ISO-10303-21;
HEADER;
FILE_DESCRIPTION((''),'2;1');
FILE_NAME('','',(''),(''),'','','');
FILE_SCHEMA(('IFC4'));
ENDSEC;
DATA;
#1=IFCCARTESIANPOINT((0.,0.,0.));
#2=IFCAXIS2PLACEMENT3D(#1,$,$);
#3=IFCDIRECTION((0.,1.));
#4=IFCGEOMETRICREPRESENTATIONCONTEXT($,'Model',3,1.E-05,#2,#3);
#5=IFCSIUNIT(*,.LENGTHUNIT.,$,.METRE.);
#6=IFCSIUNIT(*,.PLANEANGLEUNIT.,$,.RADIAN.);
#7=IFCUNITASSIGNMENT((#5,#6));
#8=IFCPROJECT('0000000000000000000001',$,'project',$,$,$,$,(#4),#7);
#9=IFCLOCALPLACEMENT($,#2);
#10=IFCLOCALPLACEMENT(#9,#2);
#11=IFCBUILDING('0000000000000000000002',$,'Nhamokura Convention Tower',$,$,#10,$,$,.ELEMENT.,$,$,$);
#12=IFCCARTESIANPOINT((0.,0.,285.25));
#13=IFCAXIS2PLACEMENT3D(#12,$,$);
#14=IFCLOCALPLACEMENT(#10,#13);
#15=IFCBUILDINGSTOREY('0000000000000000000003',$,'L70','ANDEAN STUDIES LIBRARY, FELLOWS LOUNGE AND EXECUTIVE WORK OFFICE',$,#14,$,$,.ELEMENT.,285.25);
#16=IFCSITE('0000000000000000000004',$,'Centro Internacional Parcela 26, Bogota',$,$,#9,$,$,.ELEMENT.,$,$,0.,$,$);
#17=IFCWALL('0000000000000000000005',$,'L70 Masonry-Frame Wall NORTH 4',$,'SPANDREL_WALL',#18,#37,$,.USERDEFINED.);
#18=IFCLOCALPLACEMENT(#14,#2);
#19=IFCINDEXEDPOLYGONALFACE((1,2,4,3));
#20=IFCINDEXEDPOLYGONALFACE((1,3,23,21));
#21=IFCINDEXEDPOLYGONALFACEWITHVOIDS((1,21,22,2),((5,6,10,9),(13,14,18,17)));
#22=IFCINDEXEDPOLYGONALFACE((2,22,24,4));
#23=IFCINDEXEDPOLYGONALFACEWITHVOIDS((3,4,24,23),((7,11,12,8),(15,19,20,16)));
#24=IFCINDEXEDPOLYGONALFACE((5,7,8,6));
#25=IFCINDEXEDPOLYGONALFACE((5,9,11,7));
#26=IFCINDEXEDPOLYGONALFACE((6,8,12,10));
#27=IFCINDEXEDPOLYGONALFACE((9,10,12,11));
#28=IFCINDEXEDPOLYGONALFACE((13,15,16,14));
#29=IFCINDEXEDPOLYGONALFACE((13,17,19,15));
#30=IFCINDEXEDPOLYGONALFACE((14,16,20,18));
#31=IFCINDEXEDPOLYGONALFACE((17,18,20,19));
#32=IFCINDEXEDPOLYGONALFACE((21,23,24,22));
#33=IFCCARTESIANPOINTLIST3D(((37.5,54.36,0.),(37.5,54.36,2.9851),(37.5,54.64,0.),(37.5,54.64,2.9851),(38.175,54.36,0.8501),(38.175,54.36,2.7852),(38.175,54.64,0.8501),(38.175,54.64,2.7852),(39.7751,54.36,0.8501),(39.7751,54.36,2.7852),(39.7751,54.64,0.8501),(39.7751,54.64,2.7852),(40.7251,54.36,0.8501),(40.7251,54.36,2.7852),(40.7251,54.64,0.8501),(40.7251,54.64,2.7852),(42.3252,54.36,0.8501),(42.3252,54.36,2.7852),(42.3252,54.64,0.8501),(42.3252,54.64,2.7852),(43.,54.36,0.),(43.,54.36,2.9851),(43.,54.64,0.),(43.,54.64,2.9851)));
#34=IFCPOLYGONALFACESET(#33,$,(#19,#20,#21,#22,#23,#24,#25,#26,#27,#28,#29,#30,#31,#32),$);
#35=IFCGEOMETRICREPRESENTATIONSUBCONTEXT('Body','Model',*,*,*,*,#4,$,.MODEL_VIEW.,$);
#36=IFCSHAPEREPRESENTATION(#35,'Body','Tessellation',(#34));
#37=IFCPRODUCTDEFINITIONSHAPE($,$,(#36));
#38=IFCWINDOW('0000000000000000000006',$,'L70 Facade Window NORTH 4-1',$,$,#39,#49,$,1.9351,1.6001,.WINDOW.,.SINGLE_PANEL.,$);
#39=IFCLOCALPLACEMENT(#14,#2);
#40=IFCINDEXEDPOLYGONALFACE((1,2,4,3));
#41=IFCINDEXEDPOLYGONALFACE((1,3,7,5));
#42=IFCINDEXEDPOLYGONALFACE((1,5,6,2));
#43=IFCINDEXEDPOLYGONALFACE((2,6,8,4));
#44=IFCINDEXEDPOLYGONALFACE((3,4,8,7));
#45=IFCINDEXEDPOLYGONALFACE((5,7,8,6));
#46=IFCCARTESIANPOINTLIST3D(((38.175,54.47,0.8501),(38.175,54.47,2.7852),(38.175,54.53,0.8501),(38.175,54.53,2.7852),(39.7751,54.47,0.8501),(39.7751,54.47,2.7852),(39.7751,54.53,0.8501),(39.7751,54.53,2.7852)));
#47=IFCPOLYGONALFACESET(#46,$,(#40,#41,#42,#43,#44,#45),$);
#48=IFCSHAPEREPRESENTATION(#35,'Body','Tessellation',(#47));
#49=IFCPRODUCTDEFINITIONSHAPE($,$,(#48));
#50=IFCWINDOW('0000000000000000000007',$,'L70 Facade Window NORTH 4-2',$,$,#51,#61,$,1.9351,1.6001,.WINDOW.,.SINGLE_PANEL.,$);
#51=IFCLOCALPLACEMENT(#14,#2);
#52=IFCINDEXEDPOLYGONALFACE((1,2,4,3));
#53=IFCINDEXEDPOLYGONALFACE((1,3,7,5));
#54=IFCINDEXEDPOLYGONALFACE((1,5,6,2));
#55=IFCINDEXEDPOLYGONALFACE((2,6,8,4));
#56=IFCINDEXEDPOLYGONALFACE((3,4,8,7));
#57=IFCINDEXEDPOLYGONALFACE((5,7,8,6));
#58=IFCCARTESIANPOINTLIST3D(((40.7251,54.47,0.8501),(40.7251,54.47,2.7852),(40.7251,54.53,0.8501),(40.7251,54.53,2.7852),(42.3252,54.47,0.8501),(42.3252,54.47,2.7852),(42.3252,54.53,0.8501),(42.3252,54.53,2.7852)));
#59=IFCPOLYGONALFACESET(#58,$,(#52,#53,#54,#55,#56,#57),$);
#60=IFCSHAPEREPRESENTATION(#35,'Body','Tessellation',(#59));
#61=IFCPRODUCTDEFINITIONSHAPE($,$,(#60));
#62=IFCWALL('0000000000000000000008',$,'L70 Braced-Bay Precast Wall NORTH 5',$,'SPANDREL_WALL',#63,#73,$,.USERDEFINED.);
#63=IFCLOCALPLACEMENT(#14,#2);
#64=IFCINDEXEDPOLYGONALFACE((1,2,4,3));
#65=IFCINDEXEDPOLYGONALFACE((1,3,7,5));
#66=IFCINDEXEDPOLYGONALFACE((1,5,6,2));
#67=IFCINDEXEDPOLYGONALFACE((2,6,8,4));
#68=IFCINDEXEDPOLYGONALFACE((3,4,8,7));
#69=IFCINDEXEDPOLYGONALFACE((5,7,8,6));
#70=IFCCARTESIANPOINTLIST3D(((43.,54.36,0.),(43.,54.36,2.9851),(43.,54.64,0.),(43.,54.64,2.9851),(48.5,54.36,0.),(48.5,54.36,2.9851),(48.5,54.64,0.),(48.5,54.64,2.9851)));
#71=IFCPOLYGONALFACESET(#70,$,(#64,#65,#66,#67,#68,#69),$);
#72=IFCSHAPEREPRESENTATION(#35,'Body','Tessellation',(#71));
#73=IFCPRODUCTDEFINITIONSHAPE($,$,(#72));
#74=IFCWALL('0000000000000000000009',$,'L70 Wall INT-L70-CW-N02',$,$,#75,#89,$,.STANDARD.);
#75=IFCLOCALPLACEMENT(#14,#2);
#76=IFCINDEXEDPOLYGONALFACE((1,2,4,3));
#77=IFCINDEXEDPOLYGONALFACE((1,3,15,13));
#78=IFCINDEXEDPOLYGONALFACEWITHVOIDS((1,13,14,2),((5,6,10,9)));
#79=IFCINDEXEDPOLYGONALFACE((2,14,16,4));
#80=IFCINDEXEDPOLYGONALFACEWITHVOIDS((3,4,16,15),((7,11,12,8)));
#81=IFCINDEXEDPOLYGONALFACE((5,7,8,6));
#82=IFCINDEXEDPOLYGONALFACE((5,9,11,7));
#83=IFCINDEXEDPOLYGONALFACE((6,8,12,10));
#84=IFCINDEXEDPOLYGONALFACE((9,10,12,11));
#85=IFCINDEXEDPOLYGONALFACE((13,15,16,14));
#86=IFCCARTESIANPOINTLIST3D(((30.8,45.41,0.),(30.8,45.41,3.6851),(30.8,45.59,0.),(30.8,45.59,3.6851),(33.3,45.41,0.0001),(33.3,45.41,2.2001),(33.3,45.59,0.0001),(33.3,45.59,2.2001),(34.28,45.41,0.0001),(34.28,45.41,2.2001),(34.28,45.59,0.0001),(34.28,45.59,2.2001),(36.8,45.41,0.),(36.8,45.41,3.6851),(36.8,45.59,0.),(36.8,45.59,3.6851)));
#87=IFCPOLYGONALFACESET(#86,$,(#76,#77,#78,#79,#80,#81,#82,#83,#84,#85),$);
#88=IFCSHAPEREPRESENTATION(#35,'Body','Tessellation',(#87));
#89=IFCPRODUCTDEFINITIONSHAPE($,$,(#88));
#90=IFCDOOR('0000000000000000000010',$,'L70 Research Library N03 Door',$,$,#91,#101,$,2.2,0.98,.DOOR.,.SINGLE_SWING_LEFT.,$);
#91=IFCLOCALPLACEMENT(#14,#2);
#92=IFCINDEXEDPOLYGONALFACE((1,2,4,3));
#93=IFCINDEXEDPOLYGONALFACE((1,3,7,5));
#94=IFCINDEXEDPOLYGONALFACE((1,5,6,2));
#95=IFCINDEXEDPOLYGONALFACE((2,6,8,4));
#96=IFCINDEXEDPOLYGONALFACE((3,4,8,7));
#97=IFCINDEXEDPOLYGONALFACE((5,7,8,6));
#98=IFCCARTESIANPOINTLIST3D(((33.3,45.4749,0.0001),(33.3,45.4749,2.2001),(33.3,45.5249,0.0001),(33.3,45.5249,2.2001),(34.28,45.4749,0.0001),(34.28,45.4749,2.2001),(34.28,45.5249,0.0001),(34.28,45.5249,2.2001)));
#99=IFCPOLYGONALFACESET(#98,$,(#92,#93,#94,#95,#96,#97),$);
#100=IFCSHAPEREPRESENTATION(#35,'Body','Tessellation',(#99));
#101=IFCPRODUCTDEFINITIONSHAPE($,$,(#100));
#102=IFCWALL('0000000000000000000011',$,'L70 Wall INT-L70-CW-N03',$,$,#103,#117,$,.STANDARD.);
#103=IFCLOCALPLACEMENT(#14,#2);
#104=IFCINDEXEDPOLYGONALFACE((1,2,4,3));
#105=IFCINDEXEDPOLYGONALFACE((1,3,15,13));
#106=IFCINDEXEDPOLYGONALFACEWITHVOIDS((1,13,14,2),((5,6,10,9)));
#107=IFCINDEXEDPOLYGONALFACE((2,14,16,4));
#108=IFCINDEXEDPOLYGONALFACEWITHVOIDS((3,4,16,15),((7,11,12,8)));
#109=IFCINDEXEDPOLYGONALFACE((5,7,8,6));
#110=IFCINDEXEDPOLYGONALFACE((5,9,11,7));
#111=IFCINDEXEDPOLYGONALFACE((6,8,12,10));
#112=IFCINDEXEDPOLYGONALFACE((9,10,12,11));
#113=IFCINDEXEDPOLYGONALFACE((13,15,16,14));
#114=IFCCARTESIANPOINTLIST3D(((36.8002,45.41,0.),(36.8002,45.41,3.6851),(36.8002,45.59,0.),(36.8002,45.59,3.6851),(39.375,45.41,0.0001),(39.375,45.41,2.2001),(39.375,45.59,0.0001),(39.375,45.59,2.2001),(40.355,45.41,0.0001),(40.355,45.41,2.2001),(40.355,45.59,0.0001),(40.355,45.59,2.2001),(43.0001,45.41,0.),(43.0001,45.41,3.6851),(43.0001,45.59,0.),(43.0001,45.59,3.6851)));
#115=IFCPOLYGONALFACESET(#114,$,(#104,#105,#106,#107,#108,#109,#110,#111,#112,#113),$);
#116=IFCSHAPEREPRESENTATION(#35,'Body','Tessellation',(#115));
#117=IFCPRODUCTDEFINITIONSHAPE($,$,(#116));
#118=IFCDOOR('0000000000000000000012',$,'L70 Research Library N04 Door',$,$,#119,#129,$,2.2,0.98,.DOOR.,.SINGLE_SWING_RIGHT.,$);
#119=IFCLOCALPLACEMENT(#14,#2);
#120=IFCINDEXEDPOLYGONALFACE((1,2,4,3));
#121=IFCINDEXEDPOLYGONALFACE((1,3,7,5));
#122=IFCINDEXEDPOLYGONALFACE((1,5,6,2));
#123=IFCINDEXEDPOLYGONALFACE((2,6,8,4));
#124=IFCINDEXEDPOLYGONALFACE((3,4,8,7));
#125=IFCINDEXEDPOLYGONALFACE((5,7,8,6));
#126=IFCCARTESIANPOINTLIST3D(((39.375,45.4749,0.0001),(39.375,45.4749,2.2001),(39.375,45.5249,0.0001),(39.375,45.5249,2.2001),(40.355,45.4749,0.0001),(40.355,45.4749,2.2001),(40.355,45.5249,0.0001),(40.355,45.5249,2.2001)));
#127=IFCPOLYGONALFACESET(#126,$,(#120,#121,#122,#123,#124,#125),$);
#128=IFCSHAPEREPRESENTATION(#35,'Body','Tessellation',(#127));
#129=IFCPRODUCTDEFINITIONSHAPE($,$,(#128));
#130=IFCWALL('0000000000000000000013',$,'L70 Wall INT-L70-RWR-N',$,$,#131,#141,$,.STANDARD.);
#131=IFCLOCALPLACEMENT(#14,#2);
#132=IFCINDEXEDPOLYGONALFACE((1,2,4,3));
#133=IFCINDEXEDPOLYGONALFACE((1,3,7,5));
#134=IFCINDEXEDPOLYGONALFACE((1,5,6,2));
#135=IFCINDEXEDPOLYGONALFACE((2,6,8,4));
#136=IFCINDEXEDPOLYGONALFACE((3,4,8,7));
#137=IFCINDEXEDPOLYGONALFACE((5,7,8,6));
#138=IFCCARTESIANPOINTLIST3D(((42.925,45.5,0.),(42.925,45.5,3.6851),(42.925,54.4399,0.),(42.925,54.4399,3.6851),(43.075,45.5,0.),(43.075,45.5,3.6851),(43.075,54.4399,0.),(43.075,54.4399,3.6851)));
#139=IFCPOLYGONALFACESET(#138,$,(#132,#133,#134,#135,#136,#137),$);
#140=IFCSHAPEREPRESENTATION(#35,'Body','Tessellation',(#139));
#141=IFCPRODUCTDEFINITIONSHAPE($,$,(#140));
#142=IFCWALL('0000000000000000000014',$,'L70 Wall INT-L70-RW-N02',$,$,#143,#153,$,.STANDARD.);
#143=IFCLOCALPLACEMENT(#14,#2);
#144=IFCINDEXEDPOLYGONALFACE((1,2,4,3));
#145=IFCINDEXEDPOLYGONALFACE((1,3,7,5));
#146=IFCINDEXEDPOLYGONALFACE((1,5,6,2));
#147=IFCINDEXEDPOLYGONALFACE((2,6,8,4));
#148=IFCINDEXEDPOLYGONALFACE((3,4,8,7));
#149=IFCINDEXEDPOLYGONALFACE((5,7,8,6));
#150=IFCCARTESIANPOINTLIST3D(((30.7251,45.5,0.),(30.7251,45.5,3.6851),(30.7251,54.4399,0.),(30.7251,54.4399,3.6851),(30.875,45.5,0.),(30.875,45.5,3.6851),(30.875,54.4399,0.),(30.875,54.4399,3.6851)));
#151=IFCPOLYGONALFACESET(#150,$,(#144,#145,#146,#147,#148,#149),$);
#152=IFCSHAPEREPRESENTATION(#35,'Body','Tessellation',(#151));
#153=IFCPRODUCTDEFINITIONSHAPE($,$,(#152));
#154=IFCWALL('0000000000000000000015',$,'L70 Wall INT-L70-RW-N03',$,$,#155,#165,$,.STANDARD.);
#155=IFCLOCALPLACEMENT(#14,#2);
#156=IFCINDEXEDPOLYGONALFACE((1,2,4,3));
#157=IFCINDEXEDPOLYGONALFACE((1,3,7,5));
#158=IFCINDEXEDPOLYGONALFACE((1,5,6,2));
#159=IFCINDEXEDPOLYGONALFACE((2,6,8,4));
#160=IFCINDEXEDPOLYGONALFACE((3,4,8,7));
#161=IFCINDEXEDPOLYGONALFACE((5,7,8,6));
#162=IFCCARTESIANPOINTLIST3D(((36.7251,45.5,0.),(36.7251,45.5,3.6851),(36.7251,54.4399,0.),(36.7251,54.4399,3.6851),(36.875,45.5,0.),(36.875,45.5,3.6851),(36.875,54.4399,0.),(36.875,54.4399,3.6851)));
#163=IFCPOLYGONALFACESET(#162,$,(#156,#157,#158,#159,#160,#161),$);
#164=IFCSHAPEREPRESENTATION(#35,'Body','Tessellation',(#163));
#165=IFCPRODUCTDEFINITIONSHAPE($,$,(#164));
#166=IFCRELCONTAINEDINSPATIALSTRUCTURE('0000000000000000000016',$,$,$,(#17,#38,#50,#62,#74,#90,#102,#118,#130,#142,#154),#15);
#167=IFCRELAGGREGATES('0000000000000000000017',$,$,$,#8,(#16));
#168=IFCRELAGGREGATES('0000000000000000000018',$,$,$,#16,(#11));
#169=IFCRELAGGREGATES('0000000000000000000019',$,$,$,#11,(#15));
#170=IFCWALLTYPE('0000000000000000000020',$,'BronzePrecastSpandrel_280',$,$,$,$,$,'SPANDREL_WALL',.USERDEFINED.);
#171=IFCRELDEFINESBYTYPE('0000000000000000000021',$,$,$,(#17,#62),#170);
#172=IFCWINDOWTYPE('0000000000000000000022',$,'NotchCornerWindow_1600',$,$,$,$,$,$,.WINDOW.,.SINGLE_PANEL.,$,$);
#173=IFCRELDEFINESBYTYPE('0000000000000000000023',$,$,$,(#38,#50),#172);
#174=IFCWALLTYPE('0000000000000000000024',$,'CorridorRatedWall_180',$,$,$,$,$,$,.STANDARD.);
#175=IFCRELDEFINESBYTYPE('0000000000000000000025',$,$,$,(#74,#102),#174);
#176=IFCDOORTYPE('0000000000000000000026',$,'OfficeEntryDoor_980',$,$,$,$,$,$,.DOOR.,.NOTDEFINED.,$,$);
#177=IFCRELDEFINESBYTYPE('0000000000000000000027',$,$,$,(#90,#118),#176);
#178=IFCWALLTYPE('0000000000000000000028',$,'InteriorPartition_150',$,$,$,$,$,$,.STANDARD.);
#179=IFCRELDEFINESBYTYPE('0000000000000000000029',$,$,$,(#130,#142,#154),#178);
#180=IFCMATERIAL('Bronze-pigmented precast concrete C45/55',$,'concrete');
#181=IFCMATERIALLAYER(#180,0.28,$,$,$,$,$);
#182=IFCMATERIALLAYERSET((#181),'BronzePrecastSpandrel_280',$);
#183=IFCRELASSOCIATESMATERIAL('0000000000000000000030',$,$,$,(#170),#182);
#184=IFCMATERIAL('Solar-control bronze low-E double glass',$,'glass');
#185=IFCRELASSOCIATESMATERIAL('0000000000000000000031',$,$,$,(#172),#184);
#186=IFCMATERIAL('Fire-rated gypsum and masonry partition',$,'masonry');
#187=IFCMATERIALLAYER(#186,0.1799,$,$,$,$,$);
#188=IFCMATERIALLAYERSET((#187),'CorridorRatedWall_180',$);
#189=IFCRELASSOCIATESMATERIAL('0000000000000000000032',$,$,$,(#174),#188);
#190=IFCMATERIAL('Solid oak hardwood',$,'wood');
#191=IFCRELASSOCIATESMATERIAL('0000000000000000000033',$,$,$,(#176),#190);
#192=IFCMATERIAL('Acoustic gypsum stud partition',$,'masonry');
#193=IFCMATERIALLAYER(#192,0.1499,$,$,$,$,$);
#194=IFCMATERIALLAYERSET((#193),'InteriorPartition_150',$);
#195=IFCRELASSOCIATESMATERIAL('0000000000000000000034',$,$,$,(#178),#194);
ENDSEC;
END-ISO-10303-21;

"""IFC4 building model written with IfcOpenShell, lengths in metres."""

from ifc_helpers import new_model, si_unit, direction, frame, frame_2d, origin, place, context, subcontext, project, spatial, rectangle, extrude, material, layer, layer_set, type_object, element, fill, save


model = new_model("IFC4")

# Units and contexts
model_context = context("Model", 3, precision=1e-05, world=origin(), true_north=direction((0.0, 1.0)))
body_context = subcontext(model_context, "Body", "Model", "MODEL_VIEW")
ifc_project = project(units=[si_unit("LENGTHUNIT", "METRE"), si_unit("PLANEANGLEUNIT", "RADIAN")], contexts=[model_context])

# Site, building, storey
site_placement = place(None, origin())
site = spatial("IfcSite", under=ifc_project, at=site_placement, Name="Centro Internacional Parcela 26, Bogota", CompositionType="ELEMENT", RefElevation=0.0)
building_placement = place(site_placement, origin())
building = spatial("IfcBuilding", under=site, at=building_placement, Name="Nhamokura Convention Tower", CompositionType="ELEMENT")
storey_placement = place(building_placement, frame((0.0, 0.0, 285.25)))
storey = spatial("IfcBuildingStorey", under=building, at=storey_placement, Name="L70", Description="ANDEAN STUDIES LIBRARY, FELLOWS LOUNGE AND EXECUTIVE WORK OFFICE", CompositionType="ELEMENT", Elevation=285.25)

# Shared definitions
ifc_material_1 = material(Name="Bronze-pigmented precast concrete C45/55", Category="concrete")
ifc_layer_1 = layer(ifc_material_1, 0.28)
ifc_layer_set_1 = layer_set([ifc_layer_1], Name="BronzePrecastSpandrel_280")
wall_type_1 = type_object("IfcWallType", Name="BronzePrecastSpandrel_280", ElementType="SPANDREL_WALL", PredefinedType="USERDEFINED", material=ifc_layer_set_1)

# Wall, openings, windows
wall_1_placement = place(storey_placement, frame((37.5, 54.5, 0.0), z_axis=(0.0, 0.0, 1.0), x_axis=(1.0, 0.0, 0.0)))
wall_1 = element("IfcWall", 1, at=wall_1_placement, inside=storey, type_object=wall_type_1, Name="L70 Masonry-Frame Wall NORTH 4", ObjectType="SPANDREL_WALL", PredefinedType="USERDEFINED", context=body_context, shape_type="SweptSolid", body=[
    extrude(rectangle(XDim=5.5, YDim=0.28, at=frame_2d((2.75, 0.0))), origin(), (0.0, 0.0, 1.0), 2.9851),
])
opening_1_placement = place(wall_1_placement, frame((0.675, 0.0, 0.8501)))
opening_1 = element("IfcOpeningElement", 2, at=opening_1_placement, cuts=wall_1, PredefinedType="OPENING", context=body_context, shape_type="SweptSolid", body=[
    extrude(rectangle(XDim=1.6001, YDim=1.9351, at=frame_2d((0.8, 0.9675))), frame((0.0, 0.1499, 0.0), z_axis=(0.0, -1.0, 0.0), x_axis=(1.0, 0.0, 0.0)), (0.0, 0.0, 1.0), 0.3),
])
opening_2_placement = place(wall_1_placement, frame((3.2251, 0.0, 0.8501)))
opening_2 = element("IfcOpeningElement", 3, at=opening_2_placement, cuts=wall_1, PredefinedType="OPENING", context=body_context, shape_type="SweptSolid", body=[
    extrude(rectangle(XDim=1.6001, YDim=1.9351, at=frame_2d((0.8, 0.9675))), frame((0.0, 0.1499, 0.0), z_axis=(0.0, -1.0, 0.0), x_axis=(1.0, 0.0, 0.0)), (0.0, 0.0, 1.0), 0.3),
])
ifc_material_2 = material(Name="Solar-control bronze low-E double glass", Category="glass")
window_type_1 = type_object("IfcWindowType", Name="NotchCornerWindow_1600", PartitioningType="SINGLE_PANEL", PredefinedType="WINDOW", material=ifc_material_2)
window_1_placement = place(opening_1_placement, origin())
window_1 = element("IfcWindow", 4, at=window_1_placement, inside=storey, type_object=window_type_1, Name="L70 Facade Window NORTH 4-1", OverallHeight=1.9351, OverallWidth=1.6001, PartitioningType="SINGLE_PANEL", PredefinedType="WINDOW", context=body_context, shape_type="SweptSolid", body=[
    extrude(rectangle(XDim=1.6001, YDim=1.9351, at=frame_2d((0.8, 0.9675))), frame((0.0, 0.03, 0.0), z_axis=(0.0, -1.0, 0.0), x_axis=(1.0, 0.0, 0.0)), (0.0, 0.0, 1.0), 0.0601),
])
fill(opening_1, window_1)
window_2_placement = place(opening_2_placement, origin())
window_2 = element("IfcWindow", 5, at=window_2_placement, inside=storey, type_object=window_type_1, Name="L70 Facade Window NORTH 4-2", OverallHeight=1.9351, OverallWidth=1.6001, PartitioningType="SINGLE_PANEL", PredefinedType="WINDOW", context=body_context, shape_type="SweptSolid", body=[
    extrude(rectangle(XDim=1.6001, YDim=1.9351, at=frame_2d((0.8, 0.9675))), frame((0.0, 0.03, 0.0), z_axis=(0.0, -1.0, 0.0), x_axis=(1.0, 0.0, 0.0)), (0.0, 0.0, 1.0), 0.0601),
])
fill(opening_2, window_2)

# Wall
wall_2_placement = place(storey_placement, frame((43.0, 54.5, 0.0), z_axis=(0.0, 0.0, 1.0), x_axis=(1.0, 0.0, 0.0)))
element("IfcWall", 6, at=wall_2_placement, inside=storey, type_object=wall_type_1, Name="L70 Braced-Bay Precast Wall NORTH 5", ObjectType="SPANDREL_WALL", PredefinedType="USERDEFINED", context=body_context, shape_type="SweptSolid", body=[
    extrude(rectangle(XDim=5.5, YDim=0.28, at=frame_2d((2.75, 0.0))), origin(), (0.0, 0.0, 1.0), 2.9851),
])

# Walls, openings, doors
ifc_material_3 = material(Name="Fire-rated gypsum and masonry partition", Category="masonry")
ifc_layer_2 = layer(ifc_material_3, 0.1799)
ifc_layer_set_2 = layer_set([ifc_layer_2], Name="CorridorRatedWall_180")
wall_type_2 = type_object("IfcWallType", Name="CorridorRatedWall_180", PredefinedType="STANDARD", material=ifc_layer_set_2)
wall_3_placement = place(storey_placement, frame((30.8, 45.5, 0.0), z_axis=(0.0, 0.0, 1.0), x_axis=(1.0, 0.0, 0.0)))
wall_3 = element("IfcWall", 7, at=wall_3_placement, inside=storey, type_object=wall_type_2, Name="L70 Wall INT-L70-CW-N02", PredefinedType="STANDARD", context=body_context, shape_type="SweptSolid", body=[
    extrude(rectangle(XDim=6.0, YDim=0.1799, at=frame_2d((3.0, 0.0))), origin(), (0.0, 0.0, 1.0), 3.6851),
])
opening_3_placement = place(wall_3_placement, frame((2.5, 0.0, 0.0)))
opening_3 = element("IfcOpeningElement", 8, at=opening_3_placement, cuts=wall_3, PredefinedType="OPENING", context=body_context, shape_type="SweptSolid", body=[
    extrude(rectangle(XDim=0.98, YDim=2.2, at=frame_2d((0.49, 1.1001))), frame((0.0, 0.0999, 0.0), z_axis=(0.0, -1.0, 0.0), x_axis=(1.0, 0.0, 0.0)), (0.0, 0.0, 1.0), 0.2),
])
ifc_material_4 = material(Name="Solid oak hardwood", Category="wood")
door_type = type_object("IfcDoorType", Name="OfficeEntryDoor_980", OperationType="NOTDEFINED", PredefinedType="DOOR", material=ifc_material_4)
door_1_placement = place(opening_3_placement, origin())
door_1 = element("IfcDoor", 9, at=door_1_placement, inside=storey, type_object=door_type, Name="L70 Research Library N03 Door", OperationType="SINGLE_SWING_LEFT", OverallHeight=2.2, OverallWidth=0.98, PredefinedType="DOOR", context=body_context, shape_type="SweptSolid", body=[
    extrude(rectangle(XDim=0.98, YDim=2.2, at=frame_2d((0.49, 1.1001))), frame((0.0, 0.0249, 0.0), z_axis=(0.0, -1.0, 0.0), x_axis=(1.0, 0.0, 0.0)), (0.0, 0.0, 1.0), 0.05),
])
fill(opening_3, door_1)
wall_4_placement = place(storey_placement, frame((36.8, 45.5, 0.0), z_axis=(0.0, 0.0, 1.0), x_axis=(1.0, 0.0, 0.0)))
wall_4 = element("IfcWall", 10, at=wall_4_placement, inside=storey, type_object=wall_type_2, Name="L70 Wall INT-L70-CW-N03", PredefinedType="STANDARD", context=body_context, shape_type="SweptSolid", body=[
    extrude(rectangle(XDim=6.2, YDim=0.1799, at=frame_2d((3.1001, 0.0))), origin(), (0.0, 0.0, 1.0), 3.6851),
])
opening_4_placement = place(wall_4_placement, frame((2.575, 0.0, 0.0)))
opening_4 = element("IfcOpeningElement", 11, at=opening_4_placement, cuts=wall_4, PredefinedType="OPENING", context=body_context, shape_type="SweptSolid", body=[
    extrude(rectangle(XDim=0.98, YDim=2.2, at=frame_2d((0.49, 1.1001))), frame((0.0, 0.0999, 0.0), z_axis=(0.0, -1.0, 0.0), x_axis=(1.0, 0.0, 0.0)), (0.0, 0.0, 1.0), 0.2),
])
door_2_placement = place(opening_4_placement, origin())
door_2 = element("IfcDoor", 12, at=door_2_placement, inside=storey, type_object=door_type, Name="L70 Research Library N04 Door", OperationType="SINGLE_SWING_RIGHT", OverallHeight=2.2, OverallWidth=0.98, PredefinedType="DOOR", context=body_context, shape_type="SweptSolid", body=[
    extrude(rectangle(XDim=0.98, YDim=2.2, at=frame_2d((0.49, 1.1001))), frame((0.0, 0.0249, 0.0), z_axis=(0.0, -1.0, 0.0), x_axis=(1.0, 0.0, 0.0)), (0.0, 0.0, 1.0), 0.05),
])
fill(opening_4, door_2)

# Walls
ifc_material_5 = material(Name="Acoustic gypsum stud partition", Category="masonry")
ifc_layer_3 = layer(ifc_material_5, 0.1499)
ifc_layer_set_3 = layer_set([ifc_layer_3], Name="InteriorPartition_150")
wall_type_3 = type_object("IfcWallType", Name="InteriorPartition_150", PredefinedType="STANDARD", material=ifc_layer_set_3)
for number, where, z_axis, x_axis, name in (
    (13, (43.0, 45.5, 0.0), (0.0, 0.0, 1.0), (0.0, 1.0, 0.0), "L70 Wall INT-L70-RWR-N"),
    (14, (30.8, 45.5, 0.0), (0.0, 0.0, 1.0), (0.0, 1.0, 0.0), "L70 Wall INT-L70-RW-N02"),
    (15, (36.8, 45.5, 0.0), (0.0, 0.0, 1.0), (0.0, 1.0, 0.0), "L70 Wall INT-L70-RW-N03"),
):
    element("IfcWall", number, at=place(storey_placement, frame(where, z_axis=z_axis, x_axis=x_axis)), inside=storey, type_object=wall_type_3, Name=name, PredefinedType="STANDARD", context=body_context, shape_type="SweptSolid", body=[
        extrude(rectangle(XDim=8.9399, YDim=0.1499, at=frame_2d((4.47, 0.0))), origin(), (0.0, 0.0, 1.0), 3.6851),
    ])

save(model, "model.ifc")
